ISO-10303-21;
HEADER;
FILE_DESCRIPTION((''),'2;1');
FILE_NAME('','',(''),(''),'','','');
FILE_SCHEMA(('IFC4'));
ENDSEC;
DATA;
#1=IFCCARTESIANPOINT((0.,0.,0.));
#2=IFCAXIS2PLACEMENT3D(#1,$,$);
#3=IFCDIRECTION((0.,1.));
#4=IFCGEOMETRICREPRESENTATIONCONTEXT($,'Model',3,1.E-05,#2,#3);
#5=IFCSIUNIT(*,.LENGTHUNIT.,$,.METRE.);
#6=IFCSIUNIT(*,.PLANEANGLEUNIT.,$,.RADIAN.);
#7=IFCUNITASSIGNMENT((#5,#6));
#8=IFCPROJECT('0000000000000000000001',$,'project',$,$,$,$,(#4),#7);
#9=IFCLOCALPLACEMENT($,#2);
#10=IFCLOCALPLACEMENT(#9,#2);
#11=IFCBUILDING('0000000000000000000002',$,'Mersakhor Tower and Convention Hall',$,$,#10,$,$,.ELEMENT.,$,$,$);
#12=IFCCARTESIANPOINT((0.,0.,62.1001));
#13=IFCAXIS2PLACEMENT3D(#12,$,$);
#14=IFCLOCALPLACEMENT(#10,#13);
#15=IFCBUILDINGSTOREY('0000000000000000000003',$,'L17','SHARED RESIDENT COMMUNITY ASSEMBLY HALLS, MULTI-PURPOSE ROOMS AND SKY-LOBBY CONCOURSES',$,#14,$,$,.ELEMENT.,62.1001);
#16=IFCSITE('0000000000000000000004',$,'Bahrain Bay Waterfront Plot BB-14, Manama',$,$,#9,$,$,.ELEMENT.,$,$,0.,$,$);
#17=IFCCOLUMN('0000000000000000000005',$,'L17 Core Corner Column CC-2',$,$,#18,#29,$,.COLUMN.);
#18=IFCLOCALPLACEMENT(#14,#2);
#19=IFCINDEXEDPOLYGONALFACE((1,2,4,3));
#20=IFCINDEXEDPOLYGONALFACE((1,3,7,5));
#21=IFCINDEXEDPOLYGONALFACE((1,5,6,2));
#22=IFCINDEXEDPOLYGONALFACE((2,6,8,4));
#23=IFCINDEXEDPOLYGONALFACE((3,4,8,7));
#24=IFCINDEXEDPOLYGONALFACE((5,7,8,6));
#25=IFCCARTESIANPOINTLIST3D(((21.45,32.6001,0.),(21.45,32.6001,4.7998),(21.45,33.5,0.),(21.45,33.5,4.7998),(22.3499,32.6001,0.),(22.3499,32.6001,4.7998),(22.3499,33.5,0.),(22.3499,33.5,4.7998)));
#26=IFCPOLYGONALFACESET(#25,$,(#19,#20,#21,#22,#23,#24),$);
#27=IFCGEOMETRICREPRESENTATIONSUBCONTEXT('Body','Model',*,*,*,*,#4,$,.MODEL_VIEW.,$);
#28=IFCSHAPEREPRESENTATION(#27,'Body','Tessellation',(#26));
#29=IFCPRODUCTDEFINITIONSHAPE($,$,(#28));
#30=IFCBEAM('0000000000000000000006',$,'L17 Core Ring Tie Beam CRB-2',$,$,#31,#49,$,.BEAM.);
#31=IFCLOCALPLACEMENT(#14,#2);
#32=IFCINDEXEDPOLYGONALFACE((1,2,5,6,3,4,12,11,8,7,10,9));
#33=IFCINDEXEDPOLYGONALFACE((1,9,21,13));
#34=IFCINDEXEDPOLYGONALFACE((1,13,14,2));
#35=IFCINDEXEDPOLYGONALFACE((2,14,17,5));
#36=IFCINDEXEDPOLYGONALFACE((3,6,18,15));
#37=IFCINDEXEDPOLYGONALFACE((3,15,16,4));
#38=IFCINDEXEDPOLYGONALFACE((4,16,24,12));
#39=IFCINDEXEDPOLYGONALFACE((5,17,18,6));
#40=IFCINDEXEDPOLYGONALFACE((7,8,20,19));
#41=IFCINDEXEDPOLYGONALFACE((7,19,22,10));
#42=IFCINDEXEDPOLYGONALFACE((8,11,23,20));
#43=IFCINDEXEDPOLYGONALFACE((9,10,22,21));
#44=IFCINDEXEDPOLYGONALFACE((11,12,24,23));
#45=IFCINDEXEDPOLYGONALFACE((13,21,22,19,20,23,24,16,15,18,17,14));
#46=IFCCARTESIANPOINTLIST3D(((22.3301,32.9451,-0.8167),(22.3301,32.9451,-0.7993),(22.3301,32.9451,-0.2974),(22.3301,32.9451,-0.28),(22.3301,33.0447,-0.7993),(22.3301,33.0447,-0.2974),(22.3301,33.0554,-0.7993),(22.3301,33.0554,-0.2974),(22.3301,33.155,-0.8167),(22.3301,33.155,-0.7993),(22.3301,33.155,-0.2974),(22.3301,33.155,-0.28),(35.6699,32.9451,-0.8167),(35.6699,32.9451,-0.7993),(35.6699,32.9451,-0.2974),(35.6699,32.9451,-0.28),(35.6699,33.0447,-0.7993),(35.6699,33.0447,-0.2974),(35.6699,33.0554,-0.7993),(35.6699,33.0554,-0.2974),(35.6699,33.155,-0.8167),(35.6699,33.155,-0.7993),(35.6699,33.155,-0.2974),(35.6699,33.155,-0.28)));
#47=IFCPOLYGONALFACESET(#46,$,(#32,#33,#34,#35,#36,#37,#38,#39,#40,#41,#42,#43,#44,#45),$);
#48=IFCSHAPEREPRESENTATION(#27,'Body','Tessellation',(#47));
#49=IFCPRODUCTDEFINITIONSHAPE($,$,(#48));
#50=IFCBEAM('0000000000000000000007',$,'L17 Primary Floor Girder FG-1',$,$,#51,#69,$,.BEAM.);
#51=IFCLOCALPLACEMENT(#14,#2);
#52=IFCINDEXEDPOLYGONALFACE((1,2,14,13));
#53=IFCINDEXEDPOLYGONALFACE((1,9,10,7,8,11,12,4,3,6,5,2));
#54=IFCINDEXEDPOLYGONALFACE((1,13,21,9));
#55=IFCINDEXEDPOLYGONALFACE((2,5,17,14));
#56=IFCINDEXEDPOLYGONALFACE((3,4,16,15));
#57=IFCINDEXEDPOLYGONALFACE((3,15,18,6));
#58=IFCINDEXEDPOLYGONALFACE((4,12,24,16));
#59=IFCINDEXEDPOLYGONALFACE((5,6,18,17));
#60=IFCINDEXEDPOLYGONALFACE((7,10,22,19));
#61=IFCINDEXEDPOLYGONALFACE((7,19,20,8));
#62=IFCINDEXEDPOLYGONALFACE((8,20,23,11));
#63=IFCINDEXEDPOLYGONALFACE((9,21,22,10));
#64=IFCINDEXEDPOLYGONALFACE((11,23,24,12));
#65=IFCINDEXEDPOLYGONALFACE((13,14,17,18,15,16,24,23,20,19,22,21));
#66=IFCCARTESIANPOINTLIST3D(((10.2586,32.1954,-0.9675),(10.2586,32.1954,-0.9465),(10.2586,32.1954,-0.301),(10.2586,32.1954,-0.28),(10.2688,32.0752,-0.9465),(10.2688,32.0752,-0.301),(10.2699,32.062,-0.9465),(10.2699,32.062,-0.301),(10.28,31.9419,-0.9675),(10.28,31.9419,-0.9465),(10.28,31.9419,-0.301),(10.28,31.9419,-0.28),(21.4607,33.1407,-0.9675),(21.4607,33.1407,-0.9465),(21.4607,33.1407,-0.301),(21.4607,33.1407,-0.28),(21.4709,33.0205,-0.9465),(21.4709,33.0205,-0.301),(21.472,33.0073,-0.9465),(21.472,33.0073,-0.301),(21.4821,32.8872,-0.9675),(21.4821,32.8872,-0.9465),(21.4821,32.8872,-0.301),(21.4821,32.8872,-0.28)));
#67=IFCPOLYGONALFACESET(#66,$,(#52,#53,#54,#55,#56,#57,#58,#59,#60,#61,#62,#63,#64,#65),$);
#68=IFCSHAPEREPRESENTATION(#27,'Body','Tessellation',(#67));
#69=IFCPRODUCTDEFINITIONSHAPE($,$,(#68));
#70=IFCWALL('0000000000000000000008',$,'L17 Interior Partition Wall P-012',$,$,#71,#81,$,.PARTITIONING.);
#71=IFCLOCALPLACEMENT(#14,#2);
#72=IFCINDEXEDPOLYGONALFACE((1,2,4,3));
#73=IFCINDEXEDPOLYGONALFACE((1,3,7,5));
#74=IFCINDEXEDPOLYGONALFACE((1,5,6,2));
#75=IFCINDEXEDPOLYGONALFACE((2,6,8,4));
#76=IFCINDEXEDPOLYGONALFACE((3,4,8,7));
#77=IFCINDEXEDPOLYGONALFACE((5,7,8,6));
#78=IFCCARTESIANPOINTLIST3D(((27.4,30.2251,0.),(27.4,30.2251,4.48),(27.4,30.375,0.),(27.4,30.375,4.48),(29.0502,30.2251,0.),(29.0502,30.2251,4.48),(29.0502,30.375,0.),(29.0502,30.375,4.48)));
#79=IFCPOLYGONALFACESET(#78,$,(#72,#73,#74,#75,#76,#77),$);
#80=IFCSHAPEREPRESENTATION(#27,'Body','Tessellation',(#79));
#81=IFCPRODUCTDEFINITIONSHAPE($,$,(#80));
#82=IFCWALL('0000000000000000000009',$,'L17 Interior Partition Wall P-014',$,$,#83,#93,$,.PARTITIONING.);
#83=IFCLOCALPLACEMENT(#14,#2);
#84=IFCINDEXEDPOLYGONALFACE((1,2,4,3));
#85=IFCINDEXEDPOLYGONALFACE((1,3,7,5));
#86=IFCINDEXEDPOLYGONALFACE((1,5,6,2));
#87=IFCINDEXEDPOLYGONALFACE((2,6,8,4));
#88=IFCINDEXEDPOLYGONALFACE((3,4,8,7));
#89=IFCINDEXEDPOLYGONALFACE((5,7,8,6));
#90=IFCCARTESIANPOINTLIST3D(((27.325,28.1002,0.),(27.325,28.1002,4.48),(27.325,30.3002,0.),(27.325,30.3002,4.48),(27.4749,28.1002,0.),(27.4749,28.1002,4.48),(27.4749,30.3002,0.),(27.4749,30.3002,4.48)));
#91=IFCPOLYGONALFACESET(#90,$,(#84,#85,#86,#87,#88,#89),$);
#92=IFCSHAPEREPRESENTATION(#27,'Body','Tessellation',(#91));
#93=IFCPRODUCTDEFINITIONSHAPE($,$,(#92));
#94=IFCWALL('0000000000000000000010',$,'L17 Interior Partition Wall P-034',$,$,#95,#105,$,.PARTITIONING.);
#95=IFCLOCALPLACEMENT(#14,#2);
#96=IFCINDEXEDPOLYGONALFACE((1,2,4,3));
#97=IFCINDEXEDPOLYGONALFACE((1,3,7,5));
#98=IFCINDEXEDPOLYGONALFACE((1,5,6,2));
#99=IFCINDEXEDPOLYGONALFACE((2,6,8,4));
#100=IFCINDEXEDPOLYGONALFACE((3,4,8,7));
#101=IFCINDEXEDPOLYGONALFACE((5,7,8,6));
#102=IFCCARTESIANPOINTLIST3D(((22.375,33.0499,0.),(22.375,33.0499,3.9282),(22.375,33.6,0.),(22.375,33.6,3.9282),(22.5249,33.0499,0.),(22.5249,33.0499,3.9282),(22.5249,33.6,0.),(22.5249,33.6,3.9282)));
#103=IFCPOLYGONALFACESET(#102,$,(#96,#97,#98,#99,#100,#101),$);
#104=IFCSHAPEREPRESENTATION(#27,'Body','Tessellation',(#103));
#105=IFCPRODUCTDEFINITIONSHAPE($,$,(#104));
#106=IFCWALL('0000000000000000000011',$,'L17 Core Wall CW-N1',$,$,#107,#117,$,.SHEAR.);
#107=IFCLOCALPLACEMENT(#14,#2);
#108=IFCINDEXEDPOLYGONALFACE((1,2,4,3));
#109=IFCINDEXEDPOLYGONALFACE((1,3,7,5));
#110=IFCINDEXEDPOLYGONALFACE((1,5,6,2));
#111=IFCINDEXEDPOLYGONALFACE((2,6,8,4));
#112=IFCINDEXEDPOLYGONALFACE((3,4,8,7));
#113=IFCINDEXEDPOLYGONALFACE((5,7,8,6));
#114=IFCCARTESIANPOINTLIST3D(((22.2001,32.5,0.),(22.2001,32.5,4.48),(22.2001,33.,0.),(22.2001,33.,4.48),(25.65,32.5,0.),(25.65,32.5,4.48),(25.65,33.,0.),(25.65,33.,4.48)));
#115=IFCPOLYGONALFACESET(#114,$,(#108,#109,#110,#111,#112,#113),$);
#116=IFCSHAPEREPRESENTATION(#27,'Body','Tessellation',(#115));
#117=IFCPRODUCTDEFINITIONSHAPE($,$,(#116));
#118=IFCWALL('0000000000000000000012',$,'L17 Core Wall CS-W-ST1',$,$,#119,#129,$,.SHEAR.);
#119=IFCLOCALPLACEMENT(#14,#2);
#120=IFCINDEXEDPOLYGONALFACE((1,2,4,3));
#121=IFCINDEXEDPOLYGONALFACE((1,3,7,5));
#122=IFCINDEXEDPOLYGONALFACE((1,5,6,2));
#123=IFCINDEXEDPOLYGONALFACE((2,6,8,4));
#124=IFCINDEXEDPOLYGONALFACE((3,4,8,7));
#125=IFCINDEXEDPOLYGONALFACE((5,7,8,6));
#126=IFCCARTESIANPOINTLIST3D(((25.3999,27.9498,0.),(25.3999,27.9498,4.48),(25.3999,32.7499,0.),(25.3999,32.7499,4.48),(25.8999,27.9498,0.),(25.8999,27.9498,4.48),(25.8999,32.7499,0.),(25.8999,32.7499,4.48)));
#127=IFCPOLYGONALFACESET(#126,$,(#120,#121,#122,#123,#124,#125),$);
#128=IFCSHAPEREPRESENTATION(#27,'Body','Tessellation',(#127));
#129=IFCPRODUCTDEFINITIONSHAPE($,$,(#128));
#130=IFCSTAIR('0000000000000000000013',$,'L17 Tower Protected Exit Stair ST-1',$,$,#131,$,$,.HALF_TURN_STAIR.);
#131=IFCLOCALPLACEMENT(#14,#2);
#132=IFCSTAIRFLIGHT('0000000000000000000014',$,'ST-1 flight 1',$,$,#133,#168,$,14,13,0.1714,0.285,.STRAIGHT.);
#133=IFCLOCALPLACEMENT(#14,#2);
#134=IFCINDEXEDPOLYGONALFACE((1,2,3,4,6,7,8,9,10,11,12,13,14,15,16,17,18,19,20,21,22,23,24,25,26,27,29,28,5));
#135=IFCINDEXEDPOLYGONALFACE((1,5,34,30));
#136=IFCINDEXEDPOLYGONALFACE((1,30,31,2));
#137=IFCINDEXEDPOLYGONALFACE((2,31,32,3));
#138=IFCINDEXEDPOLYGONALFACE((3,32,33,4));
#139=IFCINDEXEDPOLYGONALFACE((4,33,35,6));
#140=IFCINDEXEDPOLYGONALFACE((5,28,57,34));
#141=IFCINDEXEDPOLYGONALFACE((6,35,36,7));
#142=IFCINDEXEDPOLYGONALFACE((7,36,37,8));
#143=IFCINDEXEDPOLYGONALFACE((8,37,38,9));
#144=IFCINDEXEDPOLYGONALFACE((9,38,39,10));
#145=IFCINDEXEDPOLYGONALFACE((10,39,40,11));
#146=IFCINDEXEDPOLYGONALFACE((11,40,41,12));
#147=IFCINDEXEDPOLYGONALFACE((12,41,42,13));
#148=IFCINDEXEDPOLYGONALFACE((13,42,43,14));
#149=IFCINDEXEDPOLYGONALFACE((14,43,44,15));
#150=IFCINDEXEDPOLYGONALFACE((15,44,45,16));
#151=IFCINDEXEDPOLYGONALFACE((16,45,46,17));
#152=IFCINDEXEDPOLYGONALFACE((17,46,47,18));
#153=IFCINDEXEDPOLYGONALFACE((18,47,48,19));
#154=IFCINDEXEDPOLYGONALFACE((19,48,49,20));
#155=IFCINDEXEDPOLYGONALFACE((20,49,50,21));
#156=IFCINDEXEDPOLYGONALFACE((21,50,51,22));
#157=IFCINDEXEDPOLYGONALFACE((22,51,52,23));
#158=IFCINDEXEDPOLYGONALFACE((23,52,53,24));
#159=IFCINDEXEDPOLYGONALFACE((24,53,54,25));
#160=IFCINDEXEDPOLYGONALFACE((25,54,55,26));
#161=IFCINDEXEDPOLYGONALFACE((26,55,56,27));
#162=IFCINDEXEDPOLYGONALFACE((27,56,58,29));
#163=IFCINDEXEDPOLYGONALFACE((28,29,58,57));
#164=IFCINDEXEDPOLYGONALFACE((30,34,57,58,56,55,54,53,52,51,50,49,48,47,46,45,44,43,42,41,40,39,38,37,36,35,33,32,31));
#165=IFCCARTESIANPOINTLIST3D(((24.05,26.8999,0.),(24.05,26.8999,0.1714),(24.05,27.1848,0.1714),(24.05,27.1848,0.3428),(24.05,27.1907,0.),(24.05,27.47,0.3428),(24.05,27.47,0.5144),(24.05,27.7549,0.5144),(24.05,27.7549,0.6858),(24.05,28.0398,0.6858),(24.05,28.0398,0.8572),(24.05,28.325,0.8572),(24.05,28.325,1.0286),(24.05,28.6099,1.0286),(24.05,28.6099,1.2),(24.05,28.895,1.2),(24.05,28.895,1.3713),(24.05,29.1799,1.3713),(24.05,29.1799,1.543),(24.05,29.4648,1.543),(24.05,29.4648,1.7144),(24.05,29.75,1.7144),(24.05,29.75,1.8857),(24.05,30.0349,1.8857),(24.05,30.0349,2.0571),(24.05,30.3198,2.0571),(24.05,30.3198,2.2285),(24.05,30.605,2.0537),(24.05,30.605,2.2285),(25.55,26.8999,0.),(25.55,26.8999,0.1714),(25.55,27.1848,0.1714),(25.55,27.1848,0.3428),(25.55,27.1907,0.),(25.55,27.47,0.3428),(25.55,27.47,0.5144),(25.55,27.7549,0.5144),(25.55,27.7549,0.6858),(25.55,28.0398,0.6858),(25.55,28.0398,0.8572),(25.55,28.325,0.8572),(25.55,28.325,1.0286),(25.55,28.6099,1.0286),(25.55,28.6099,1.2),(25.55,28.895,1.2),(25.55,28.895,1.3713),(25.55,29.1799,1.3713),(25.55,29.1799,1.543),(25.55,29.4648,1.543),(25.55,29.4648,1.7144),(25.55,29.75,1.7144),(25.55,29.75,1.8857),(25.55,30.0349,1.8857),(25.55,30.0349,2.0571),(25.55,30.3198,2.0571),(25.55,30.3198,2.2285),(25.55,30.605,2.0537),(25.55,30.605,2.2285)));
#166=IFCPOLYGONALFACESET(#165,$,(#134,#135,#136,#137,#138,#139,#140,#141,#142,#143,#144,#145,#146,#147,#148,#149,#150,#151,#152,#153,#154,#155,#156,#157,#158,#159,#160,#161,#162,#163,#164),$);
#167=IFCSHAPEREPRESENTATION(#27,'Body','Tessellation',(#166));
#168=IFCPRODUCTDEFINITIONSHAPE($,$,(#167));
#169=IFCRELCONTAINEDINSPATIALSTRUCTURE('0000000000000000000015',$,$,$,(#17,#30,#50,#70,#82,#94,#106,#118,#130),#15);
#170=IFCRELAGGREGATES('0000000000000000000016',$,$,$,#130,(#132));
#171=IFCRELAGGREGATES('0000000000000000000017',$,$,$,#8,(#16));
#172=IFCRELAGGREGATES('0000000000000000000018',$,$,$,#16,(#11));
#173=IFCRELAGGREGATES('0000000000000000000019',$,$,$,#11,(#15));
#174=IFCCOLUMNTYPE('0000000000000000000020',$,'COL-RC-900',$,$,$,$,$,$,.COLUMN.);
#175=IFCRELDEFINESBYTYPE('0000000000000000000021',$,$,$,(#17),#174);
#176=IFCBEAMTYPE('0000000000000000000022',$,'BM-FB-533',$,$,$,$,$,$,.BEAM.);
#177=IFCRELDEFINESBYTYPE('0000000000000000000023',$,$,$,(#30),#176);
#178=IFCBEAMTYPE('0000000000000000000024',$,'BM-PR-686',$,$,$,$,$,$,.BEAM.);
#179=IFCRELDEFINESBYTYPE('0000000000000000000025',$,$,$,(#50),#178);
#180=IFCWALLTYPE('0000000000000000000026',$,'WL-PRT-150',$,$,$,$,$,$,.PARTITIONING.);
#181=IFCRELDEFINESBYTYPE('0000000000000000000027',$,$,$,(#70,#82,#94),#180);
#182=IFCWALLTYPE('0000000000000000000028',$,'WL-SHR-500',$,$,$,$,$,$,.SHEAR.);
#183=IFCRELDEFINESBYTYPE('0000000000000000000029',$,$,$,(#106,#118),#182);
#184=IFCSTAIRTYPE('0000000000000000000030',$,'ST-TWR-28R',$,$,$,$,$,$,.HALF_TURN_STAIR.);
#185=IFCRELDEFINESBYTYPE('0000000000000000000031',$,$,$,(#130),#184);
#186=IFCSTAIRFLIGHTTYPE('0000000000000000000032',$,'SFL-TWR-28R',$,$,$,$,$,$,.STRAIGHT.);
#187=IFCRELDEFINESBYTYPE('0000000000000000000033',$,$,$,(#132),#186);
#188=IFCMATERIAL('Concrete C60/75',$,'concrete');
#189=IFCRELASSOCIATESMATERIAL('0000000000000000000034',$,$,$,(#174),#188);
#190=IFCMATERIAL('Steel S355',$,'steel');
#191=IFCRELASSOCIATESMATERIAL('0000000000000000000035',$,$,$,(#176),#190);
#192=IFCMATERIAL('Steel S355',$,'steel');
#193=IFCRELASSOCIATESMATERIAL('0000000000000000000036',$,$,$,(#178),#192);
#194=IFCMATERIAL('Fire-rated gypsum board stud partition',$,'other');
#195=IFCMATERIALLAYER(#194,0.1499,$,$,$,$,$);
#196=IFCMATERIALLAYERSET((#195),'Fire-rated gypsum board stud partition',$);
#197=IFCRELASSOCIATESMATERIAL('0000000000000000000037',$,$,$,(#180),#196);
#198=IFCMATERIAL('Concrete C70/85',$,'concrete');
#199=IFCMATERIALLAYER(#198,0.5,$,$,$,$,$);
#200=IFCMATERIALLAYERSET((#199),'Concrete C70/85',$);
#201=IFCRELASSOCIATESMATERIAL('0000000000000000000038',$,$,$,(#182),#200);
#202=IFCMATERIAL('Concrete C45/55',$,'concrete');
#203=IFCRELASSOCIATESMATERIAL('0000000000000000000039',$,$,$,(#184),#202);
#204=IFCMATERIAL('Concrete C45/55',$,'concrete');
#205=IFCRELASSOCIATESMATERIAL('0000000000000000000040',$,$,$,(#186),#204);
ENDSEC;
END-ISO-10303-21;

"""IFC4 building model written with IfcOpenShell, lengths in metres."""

from ifc_helpers import new_model, si_unit, direction, frame, frame_2d, origin, origin_2d, place, context, subcontext, project, spatial, polyline, rectangle, i_section, outline, extrude, material, layer, layer_set, material_profile, profile_set, type_object, element, aggregate, save


model = new_model("IFC4")

# Units and contexts
model_context = context("Model", 3, precision=1e-05, world=origin(), true_north=direction((0.0, 1.0)))
body_context = subcontext(model_context, "Body", "Model", "MODEL_VIEW")
ifc_project = project(units=[si_unit("LENGTHUNIT", "METRE"), si_unit("PLANEANGLEUNIT", "RADIAN")], contexts=[model_context])

# Site, building, storey
site_placement = place(None, origin())
site = spatial("IfcSite", under=ifc_project, at=site_placement, Name="Bahrain Bay Waterfront Plot BB-14, Manama", CompositionType="ELEMENT", RefElevation=0.0)
building_placement = place(site_placement, origin())
building = spatial("IfcBuilding", under=site, at=building_placement, Name="Mersakhor Tower and Convention Hall", CompositionType="ELEMENT")
storey_placement = place(building_placement, frame((0.0, 0.0, 62.1001)))
storey = spatial("IfcBuildingStorey", under=building, at=storey_placement, Name="L17", Description="SHARED RESIDENT COMMUNITY ASSEMBLY HALLS, MULTI-PURPOSE ROOMS AND SKY-LOBBY CONCOURSES", CompositionType="ELEMENT", Elevation=62.1001)

# Column
ifc_material_1 = material(Name="Concrete C60/75", Category="concrete")
ifc_material_profile_1 = material_profile(ifc_material_1, rectangle(XDim=0.8999, YDim=0.8999, at=origin_2d()), Name="RC 900x900")
ifc_profile_set_1 = profile_set([ifc_material_profile_1], Name="Concrete C60/75")
column_type = type_object("IfcColumnType", Name="COL-RC-900", PredefinedType="COLUMN", material=ifc_profile_set_1)
column_placement = place(storey_placement, frame((21.8999, 33.05, 0.0), z_axis=(0.0, 0.0, 1.0), x_axis=(1.0, 0.0, 0.0)))
element("IfcColumn", 1, at=column_placement, inside=storey, type_object=column_type, Name="L17 Core Corner Column CC-2", PredefinedType="COLUMN", context=body_context, shape_type="SweptSolid", body=[
    extrude(rectangle(XDim=0.8999, YDim=0.8999, at=origin_2d()), origin(), (0.0, 0.0, 1.0), 4.7998),
])

# Beams
ifc_material_2 = material(Name="Steel S355", Category="steel")
ifc_material_profile_2 = material_profile(ifc_material_2, i_section(OverallWidth=0.21, OverallDepth=0.5366, WebThickness=0.0107, FlangeThickness=0.0173, at=origin_2d()), Name="UB 533x210x101")
ifc_profile_set_2 = profile_set([ifc_material_profile_2], Name="Steel S355")
beam_type_1 = type_object("IfcBeamType", Name="BM-FB-533", PredefinedType="BEAM", material=ifc_profile_set_2)
beam_1_placement = place(storey_placement, frame((22.3301, 33.05, -0.5483), z_axis=(1.0, 0.0, 0.0), x_axis=(0.0, 1.0, 0.0)))
element("IfcBeam", 2, at=beam_1_placement, inside=storey, type_object=beam_type_1, Name="L17 Core Ring Tie Beam CRB-2", PredefinedType="BEAM", context=body_context, shape_type="SweptSolid", body=[
    extrude(i_section(OverallWidth=0.21, OverallDepth=0.5366, WebThickness=0.0107, FlangeThickness=0.0173, at=origin_2d()), origin(), (0.0, 0.0, 1.0), 13.3398),
])
ifc_material_3 = material(Name="Steel S355", Category="steel")
ifc_material_profile_3 = material_profile(ifc_material_3, i_section(OverallWidth=0.2544, OverallDepth=0.6875, WebThickness=0.0132, FlangeThickness=0.021, at=origin_2d()), Name="UB 686x254x152")
ifc_profile_set_3 = profile_set([ifc_material_profile_3], Name="Steel S355")
beam_type_2 = type_object("IfcBeamType", Name="BM-PR-686", PredefinedType="BEAM", material=ifc_profile_set_3)
beam_2_placement = place(storey_placement, frame((21.4714, 33.0139, -0.6238), z_axis=(-0.996458, -0.084088, 0.0), x_axis=(0.084088, -0.996458, 0.0)))
element("IfcBeam", 3, at=beam_2_placement, inside=storey, type_object=beam_type_2, Name="L17 Primary Floor Girder FG-1", PredefinedType="BEAM", context=body_context, shape_type="SweptSolid", body=[
    extrude(i_section(OverallWidth=0.2544, OverallDepth=0.6875, WebThickness=0.0132, FlangeThickness=0.021, at=origin_2d()), origin(), (0.0, 0.0, 1.0), 11.2419),
])

# Walls
ifc_material_4 = material(Name="Fire-rated gypsum board stud partition", Category="other")
ifc_layer_1 = layer(ifc_material_4, 0.1499)
ifc_layer_set_1 = layer_set([ifc_layer_1], Name="Fire-rated gypsum board stud partition")
wall_type_1 = type_object("IfcWallType", Name="WL-PRT-150", PredefinedType="PARTITIONING", material=ifc_layer_set_1)
wall_1_placement = place(storey_placement, frame((27.3999, 30.3, 0.0), z_axis=(0.0, 0.0, 1.0), x_axis=(1.0, 0.0, 0.0)))
element("IfcWall", 4, at=wall_1_placement, inside=storey, type_object=wall_type_1, Name="L17 Interior Partition Wall P-012", PredefinedType="PARTITIONING", context=body_context, shape_type="SweptSolid", body=[
    extrude(rectangle(XDim=1.6501, YDim=0.1499, at=frame_2d((0.8252, 0.0))), origin(), (0.0, 0.0, 1.0), 4.48),
])
wall_2_placement = place(storey_placement, frame((27.3999, 28.1001, 0.0), z_axis=(0.0, 0.0, 1.0), x_axis=(0.0, 1.0, 0.0)))
element("IfcWall", 5, at=wall_2_placement, inside=storey, type_object=wall_type_1, Name="L17 Interior Partition Wall P-014", PredefinedType="PARTITIONING", context=body_context, shape_type="SweptSolid", body=[
    extrude(rectangle(XDim=2.2, YDim=0.1499, at=frame_2d((1.1001, 0.0))), origin(), (0.0, 0.0, 1.0), 4.48),
])
wall_3_placement = place(storey_placement, frame((22.45, 33.05, 0.0), z_axis=(0.0, 0.0, 1.0), x_axis=(0.0, 1.0, 0.0)))
element("IfcWall", 6, at=wall_3_placement, inside=storey, type_object=wall_type_1, Name="L17 Interior Partition Wall P-034", PredefinedType="PARTITIONING", context=body_context, shape_type="SweptSolid", body=[
    extrude(rectangle(XDim=0.55, YDim=0.1499, at=frame_2d((0.2749, 0.0))), origin(), (0.0, 0.0, 1.0), 3.9282),
])

# Wall
ifc_material_5 = material(Name="Concrete C70/85", Category="concrete")
ifc_layer_2 = layer(ifc_material_5, 0.5)
ifc_layer_set_2 = layer_set([ifc_layer_2], Name="Concrete C70/85")
wall_type_2 = type_object("IfcWallType", Name="WL-SHR-500", PredefinedType="SHEAR", material=ifc_layer_set_2)
wall_4_placement = place(storey_placement, frame((22.2, 32.75, 0.0), z_axis=(0.0, 0.0, 1.0), x_axis=(1.0, 0.0, 0.0)))
element("IfcWall", 7, at=wall_4_placement, inside=storey, type_object=wall_type_2, Name="L17 Core Wall CW-N1", PredefinedType="SHEAR", context=body_context, shape_type="SweptSolid", body=[
    extrude(rectangle(XDim=3.45, YDim=0.5, at=frame_2d((1.7251, 0.0))), origin(), (0.0, 0.0, 1.0), 4.48),
])

# Wall
wall_5_placement = place(storey_placement, frame((25.6499, 27.95, 0.0), z_axis=(0.0, 0.0, 1.0), x_axis=(0.0, 1.0, 0.0)))
element("IfcWall", 8, at=wall_5_placement, inside=storey, type_object=wall_type_2, Name="L17 Core Wall CS-W-ST1", PredefinedType="SHEAR", context=body_context, shape_type="SweptSolid", body=[
    extrude(rectangle(XDim=4.8, YDim=0.5, at=frame_2d((2.3999, 0.0))), origin(), (0.0, 0.0, 1.0), 4.48),
])

# Stair, stair flight
ifc_material_6 = material(Name="Concrete C45/55", Category="concrete")
stair_type = type_object("IfcStairType", Name="ST-TWR-28R", PredefinedType="HALF_TURN_STAIR", material=ifc_material_6)
stair_placement = place(storey_placement, origin())
stair = element("IfcStair", 9, at=stair_placement, inside=storey, type_object=stair_type, Name="L17 Tower Protected Exit Stair ST-1", PredefinedType="HALF_TURN_STAIR")
ifc_material_7 = material(Name="Concrete C45/55", Category="concrete")
stair_flight_type = type_object("IfcStairFlightType", Name="SFL-TWR-28R", PredefinedType="STRAIGHT", material=ifc_material_7)
stair_flight_1_placement = place(storey_placement, frame((24.8, 26.8999, 0.0), z_axis=(0.0, 0.0, 1.0), x_axis=(0.0, 1.0, 0.0)))
stair_flight_1 = element("IfcStairFlight", 10, at=stair_flight_1_placement, type_object=stair_flight_type, Name="ST-1 flight 1", NumberOfRisers=14, NumberOfTreads=13, PredefinedType="STRAIGHT", RiserHeight=0.1714, TreadLength=0.285, context=body_context, shape_type="SweptSolid", body=[
    extrude(outline(polyline([(0.0, 0.0), (0.0, 0.1714), (0.2849, 0.1714), (0.2849, 0.3428), (0.5701, 0.3428), (0.5701, 0.5144), (0.855, 0.5144), (0.855, 0.6858), (1.1399, 0.6858), (1.1399, 0.8572), (1.425, 0.8572), (1.425, 1.0286), (1.71, 1.0286), (1.71, 1.2), (1.9951, 1.2), (1.9951, 1.3713), (2.28, 1.3713), (2.28, 1.543), (2.5649, 1.543), (2.5649, 1.7144), (2.8501, 1.7144), (2.8501, 1.8857), (3.135, 1.8857), (3.135, 2.0571), (3.4199, 2.0571), (3.4199, 2.2285), (3.7051, 2.2285), (3.7051, 2.3999), (3.7051, 2.0537), (0.2908, 0.0), (0.0, 0.0)])), frame((0.0, 0.75, 0.0), z_axis=(0.0, -1.0, 0.0), x_axis=(1.0, 0.0, 0.0)), (0.0, 0.0, 1.0), 1.5),
])
aggregate(stair, [stair_flight_1])

save(model, "model.ifc")
